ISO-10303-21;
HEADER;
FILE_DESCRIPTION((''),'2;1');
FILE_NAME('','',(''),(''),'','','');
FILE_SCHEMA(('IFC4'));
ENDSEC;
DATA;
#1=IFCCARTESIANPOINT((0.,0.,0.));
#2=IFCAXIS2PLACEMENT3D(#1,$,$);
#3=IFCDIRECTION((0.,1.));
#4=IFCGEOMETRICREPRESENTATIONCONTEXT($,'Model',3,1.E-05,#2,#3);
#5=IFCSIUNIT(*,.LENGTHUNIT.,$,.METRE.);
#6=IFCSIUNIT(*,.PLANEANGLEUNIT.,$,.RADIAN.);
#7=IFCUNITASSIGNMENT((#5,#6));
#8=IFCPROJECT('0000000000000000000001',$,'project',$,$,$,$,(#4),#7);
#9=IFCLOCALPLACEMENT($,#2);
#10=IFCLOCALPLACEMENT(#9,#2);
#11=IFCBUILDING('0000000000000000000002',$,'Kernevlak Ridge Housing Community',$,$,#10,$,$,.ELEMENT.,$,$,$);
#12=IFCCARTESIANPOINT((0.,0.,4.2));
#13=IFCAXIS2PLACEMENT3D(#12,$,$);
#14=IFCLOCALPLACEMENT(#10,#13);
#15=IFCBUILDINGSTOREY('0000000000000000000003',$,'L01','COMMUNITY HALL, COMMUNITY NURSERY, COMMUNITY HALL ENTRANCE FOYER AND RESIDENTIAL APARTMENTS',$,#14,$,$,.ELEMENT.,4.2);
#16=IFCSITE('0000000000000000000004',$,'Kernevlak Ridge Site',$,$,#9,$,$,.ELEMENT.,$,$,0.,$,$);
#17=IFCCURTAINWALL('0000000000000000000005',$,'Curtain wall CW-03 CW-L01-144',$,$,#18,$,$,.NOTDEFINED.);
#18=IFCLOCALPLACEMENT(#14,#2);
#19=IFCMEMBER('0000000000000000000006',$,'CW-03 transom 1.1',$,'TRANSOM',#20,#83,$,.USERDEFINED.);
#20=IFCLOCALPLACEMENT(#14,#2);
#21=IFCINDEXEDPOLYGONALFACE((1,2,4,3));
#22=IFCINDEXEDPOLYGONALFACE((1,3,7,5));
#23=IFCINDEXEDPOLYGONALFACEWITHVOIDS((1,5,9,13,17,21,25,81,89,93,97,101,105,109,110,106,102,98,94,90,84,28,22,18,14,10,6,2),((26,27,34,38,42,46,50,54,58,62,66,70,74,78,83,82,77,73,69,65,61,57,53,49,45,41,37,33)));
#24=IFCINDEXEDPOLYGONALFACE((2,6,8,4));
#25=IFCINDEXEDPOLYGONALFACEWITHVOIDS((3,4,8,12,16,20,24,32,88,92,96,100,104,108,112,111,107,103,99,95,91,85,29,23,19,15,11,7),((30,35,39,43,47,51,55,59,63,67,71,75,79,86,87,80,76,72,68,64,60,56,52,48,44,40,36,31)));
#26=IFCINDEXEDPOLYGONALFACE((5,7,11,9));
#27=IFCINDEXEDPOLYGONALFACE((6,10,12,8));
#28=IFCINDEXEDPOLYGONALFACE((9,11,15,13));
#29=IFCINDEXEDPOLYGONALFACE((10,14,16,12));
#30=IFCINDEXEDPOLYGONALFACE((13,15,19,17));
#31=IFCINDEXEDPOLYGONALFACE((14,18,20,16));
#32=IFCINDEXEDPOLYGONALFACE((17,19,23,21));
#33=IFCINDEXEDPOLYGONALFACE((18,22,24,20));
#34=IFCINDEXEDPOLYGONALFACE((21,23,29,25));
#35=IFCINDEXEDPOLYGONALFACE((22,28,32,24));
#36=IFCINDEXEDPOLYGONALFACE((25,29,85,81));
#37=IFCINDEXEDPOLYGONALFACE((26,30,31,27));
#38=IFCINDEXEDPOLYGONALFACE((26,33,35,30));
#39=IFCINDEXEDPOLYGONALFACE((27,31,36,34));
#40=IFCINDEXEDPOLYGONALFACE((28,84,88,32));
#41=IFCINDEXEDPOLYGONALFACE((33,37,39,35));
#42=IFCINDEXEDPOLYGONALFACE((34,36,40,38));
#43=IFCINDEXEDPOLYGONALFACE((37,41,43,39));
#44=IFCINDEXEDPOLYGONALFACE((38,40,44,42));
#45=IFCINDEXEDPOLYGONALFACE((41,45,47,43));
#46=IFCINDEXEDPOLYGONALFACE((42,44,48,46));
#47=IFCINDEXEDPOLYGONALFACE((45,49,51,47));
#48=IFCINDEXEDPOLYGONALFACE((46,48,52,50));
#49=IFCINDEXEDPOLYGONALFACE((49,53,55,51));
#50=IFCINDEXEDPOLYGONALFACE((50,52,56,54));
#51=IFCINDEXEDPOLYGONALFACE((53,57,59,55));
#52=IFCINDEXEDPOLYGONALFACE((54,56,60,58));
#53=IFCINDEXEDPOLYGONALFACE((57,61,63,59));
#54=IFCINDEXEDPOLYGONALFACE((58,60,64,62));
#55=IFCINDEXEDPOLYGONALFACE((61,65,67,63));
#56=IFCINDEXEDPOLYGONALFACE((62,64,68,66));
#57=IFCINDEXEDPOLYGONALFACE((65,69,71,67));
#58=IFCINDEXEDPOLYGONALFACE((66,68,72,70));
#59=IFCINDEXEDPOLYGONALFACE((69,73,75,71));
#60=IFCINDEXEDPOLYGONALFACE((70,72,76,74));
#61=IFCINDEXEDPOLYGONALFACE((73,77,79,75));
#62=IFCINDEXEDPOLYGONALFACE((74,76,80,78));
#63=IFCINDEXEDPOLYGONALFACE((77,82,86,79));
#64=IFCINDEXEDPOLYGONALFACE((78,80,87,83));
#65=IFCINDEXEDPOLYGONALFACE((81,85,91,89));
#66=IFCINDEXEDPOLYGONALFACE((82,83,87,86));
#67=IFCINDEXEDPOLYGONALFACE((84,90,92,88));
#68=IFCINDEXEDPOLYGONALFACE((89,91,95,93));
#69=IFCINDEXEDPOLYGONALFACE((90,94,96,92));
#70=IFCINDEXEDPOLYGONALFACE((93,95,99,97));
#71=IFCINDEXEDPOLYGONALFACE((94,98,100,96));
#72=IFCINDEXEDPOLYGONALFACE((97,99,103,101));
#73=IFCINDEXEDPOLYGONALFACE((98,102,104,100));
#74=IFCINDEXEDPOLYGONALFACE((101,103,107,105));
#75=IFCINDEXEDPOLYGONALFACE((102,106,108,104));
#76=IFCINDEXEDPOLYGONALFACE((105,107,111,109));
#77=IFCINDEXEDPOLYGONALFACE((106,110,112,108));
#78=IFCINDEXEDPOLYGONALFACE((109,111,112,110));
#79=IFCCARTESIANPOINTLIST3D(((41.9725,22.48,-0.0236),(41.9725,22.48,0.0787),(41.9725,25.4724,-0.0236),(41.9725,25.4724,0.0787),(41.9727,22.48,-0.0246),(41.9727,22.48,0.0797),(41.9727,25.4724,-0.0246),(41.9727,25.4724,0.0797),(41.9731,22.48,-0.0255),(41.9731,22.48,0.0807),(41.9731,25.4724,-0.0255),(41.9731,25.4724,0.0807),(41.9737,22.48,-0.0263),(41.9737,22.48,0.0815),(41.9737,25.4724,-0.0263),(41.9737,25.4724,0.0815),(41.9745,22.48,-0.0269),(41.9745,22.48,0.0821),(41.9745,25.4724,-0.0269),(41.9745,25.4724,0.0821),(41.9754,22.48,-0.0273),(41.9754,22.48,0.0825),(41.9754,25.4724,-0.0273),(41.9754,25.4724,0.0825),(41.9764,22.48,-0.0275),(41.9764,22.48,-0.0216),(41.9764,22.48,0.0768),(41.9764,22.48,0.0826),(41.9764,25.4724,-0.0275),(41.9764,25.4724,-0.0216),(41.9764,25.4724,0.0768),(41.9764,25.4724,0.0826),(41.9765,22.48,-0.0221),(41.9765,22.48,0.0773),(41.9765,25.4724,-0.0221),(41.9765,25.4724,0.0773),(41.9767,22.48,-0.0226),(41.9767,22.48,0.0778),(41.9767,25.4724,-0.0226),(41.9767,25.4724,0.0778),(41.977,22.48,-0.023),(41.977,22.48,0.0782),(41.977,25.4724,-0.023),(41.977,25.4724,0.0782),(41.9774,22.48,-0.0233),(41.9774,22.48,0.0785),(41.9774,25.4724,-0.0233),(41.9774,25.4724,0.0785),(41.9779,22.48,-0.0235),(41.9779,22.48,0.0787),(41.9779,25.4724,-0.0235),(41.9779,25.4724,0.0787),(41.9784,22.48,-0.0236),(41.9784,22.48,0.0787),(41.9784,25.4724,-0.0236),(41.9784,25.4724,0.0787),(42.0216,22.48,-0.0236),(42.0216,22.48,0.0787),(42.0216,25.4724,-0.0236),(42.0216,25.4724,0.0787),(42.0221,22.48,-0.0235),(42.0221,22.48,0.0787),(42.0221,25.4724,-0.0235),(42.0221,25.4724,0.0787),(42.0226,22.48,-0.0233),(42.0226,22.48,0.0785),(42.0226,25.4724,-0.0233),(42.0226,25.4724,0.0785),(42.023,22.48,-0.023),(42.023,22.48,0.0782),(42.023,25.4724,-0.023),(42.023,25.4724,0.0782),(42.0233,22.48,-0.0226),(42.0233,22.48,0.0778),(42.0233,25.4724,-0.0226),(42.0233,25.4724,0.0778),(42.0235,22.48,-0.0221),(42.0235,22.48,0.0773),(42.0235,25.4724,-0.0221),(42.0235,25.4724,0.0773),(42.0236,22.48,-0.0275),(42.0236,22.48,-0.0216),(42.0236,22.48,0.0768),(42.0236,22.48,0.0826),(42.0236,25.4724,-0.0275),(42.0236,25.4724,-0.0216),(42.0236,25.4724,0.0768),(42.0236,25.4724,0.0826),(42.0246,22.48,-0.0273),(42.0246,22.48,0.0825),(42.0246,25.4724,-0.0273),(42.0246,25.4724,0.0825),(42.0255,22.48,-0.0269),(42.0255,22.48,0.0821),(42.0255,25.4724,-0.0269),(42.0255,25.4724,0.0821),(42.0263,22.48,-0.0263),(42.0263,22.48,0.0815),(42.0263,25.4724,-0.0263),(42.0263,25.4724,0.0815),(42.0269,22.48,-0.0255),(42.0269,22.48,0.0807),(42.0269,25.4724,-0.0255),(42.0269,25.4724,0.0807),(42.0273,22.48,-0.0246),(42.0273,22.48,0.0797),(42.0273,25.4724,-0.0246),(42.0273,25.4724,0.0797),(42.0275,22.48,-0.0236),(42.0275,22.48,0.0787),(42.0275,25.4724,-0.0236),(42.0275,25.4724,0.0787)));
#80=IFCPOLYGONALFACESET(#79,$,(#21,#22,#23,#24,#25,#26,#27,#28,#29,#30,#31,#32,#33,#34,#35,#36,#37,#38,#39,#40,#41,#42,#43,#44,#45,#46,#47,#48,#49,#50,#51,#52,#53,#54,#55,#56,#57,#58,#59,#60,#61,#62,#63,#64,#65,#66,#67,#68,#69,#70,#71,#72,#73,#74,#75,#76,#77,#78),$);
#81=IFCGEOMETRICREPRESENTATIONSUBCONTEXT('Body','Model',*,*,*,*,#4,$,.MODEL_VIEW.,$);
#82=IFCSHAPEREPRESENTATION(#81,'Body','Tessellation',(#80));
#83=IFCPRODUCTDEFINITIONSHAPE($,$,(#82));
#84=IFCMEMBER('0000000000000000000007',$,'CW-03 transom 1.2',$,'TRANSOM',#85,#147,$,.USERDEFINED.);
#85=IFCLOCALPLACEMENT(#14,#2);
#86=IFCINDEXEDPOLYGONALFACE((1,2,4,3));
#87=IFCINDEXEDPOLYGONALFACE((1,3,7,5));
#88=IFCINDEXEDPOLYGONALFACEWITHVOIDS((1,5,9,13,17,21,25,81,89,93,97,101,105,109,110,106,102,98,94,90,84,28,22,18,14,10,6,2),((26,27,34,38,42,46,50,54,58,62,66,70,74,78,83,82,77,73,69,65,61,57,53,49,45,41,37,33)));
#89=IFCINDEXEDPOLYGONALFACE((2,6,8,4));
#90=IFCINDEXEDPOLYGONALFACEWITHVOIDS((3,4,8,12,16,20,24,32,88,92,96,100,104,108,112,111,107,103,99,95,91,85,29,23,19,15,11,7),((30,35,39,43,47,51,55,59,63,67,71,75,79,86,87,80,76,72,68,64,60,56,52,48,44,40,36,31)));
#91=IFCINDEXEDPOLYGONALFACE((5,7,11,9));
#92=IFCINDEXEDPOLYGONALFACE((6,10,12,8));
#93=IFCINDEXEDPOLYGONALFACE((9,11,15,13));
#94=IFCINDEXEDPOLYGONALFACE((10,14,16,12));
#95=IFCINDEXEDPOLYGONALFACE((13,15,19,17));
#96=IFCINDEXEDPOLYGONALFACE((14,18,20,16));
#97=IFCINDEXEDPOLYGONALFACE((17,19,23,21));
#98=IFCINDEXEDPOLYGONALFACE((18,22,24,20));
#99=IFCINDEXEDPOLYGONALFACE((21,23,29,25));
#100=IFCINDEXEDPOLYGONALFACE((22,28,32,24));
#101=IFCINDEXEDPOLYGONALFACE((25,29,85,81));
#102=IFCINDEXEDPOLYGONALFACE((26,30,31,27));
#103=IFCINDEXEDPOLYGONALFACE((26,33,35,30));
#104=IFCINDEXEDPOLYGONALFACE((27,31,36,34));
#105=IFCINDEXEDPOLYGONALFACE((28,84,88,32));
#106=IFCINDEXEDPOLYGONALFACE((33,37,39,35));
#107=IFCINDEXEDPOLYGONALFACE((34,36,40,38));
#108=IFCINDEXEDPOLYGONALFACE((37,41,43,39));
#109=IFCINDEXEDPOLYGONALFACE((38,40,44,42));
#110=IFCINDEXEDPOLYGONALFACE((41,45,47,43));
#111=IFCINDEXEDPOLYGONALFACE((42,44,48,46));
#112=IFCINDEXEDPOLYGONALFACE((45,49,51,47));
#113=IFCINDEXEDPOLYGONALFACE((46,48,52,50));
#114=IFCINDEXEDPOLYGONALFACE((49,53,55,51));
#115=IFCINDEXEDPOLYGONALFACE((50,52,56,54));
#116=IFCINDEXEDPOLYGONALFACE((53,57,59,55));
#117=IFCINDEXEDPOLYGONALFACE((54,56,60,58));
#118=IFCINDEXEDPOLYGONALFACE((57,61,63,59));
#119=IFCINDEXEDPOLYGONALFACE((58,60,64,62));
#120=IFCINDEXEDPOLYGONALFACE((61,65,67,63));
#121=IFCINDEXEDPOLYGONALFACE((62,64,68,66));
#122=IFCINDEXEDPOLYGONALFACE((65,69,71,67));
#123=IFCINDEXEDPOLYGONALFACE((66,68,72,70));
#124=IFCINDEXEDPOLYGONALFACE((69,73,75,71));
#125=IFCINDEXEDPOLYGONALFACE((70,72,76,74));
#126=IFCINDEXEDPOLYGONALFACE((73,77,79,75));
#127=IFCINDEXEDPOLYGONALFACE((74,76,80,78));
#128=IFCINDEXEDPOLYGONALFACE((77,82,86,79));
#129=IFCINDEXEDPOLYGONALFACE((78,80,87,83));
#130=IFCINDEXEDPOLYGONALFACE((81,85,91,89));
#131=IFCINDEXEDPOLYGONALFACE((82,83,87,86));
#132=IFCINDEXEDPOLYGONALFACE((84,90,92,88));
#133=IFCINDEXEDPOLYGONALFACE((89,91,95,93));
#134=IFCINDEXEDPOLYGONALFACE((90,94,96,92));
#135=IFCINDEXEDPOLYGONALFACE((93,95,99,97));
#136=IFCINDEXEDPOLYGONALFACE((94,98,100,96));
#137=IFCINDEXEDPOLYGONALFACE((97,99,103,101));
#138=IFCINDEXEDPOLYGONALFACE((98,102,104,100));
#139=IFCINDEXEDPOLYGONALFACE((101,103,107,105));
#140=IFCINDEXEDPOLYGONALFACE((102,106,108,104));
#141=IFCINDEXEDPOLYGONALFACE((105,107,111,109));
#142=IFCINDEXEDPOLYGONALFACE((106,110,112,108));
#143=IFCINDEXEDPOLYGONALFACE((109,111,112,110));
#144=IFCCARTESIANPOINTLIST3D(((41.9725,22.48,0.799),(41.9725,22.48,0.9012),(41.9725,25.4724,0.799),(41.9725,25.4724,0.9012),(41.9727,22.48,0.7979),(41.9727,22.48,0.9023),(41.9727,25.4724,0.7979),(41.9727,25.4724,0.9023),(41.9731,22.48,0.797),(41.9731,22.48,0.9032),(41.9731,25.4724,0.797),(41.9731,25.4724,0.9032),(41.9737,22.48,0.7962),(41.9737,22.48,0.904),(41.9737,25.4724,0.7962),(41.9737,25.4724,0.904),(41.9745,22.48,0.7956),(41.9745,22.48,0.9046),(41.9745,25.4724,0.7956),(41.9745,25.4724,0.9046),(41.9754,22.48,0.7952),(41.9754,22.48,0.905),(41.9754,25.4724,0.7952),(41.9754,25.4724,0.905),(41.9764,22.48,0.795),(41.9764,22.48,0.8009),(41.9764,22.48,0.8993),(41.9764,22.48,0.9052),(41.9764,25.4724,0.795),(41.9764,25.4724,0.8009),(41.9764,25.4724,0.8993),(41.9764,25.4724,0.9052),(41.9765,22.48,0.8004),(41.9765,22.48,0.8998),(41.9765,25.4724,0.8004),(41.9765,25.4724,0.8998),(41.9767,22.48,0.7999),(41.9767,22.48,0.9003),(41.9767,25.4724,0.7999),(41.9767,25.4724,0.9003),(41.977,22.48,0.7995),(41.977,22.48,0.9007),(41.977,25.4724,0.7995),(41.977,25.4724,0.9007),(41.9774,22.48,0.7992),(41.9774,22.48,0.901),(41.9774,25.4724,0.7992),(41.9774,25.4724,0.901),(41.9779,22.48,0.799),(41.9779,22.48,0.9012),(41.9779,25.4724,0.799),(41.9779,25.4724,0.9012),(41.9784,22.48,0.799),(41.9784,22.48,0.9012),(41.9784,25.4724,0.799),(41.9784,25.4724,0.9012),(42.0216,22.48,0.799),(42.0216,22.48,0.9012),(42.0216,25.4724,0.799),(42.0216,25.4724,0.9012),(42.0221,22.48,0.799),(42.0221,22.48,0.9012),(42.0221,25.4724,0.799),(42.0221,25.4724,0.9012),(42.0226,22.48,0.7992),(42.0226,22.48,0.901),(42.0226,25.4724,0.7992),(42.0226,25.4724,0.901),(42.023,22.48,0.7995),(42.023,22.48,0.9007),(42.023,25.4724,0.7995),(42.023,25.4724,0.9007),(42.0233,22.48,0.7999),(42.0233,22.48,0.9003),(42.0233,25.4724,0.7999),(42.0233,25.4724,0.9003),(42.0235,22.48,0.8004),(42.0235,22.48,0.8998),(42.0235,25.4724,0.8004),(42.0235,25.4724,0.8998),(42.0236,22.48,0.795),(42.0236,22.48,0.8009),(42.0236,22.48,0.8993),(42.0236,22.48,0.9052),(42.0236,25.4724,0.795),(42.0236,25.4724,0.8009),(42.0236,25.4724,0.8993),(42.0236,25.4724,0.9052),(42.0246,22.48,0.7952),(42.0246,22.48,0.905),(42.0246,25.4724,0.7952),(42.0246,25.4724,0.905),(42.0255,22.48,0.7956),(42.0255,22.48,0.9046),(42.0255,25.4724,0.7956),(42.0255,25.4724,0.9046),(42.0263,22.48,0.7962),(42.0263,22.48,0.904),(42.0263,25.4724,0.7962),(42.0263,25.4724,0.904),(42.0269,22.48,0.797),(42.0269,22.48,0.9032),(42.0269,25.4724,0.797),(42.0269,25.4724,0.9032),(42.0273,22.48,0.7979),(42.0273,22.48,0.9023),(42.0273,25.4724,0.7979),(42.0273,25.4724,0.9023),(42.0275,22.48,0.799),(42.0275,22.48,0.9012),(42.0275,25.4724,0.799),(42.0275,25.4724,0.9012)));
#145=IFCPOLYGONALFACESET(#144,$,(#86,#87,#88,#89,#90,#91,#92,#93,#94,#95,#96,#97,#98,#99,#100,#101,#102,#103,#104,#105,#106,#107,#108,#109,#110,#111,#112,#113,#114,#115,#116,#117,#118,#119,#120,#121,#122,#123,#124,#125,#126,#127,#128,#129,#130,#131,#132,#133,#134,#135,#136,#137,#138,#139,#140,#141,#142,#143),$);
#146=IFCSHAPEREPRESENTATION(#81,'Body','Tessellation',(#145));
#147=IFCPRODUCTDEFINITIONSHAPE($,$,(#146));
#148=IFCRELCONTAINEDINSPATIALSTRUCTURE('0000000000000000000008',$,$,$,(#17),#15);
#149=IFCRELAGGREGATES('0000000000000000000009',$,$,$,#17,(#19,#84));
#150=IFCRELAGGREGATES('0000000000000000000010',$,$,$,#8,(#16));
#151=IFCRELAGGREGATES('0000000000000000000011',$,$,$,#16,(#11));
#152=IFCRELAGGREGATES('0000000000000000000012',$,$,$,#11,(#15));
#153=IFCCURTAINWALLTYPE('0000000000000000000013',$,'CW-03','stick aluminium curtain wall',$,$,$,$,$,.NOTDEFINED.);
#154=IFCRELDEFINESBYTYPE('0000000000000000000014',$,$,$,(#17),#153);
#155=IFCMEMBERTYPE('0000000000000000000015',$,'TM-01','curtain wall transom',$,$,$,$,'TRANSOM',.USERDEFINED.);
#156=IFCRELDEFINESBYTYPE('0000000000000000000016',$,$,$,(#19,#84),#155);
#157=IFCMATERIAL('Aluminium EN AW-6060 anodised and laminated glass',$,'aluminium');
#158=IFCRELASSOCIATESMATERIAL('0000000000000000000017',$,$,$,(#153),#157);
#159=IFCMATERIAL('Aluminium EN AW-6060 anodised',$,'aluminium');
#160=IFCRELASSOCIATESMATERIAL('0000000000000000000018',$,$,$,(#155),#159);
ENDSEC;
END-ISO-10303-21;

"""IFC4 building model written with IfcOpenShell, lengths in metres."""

from ifc_helpers import new_model, si_unit, direction, frame, origin, origin_2d, place, context, subcontext, project, spatial, hollow_rectangle, extrude, material, material_profile, profile_set, type_object, element, aggregate, save


model = new_model("IFC4")

# Units and contexts
model_context = context("Model", 3, precision=1e-05, world=origin(), true_north=direction((0.0, 1.0)))
body_context = subcontext(model_context, "Body", "Model", "MODEL_VIEW")
ifc_project = project(units=[si_unit("LENGTHUNIT", "METRE"), si_unit("PLANEANGLEUNIT", "RADIAN")], contexts=[model_context])

# Site, building, storey
site_placement = place(None, origin())
site = spatial("IfcSite", under=ifc_project, at=site_placement, Name="Kernevlak Ridge Site", CompositionType="ELEMENT", RefElevation=0.0)
building_placement = place(site_placement, origin())
building = spatial("IfcBuilding", under=site, at=building_placement, Name="Kernevlak Ridge Housing Community", CompositionType="ELEMENT")
storey_placement = place(building_placement, frame((0.0, 0.0, 4.2)))
storey = spatial("IfcBuildingStorey", under=building, at=storey_placement, Name="L01", Description="COMMUNITY HALL, COMMUNITY NURSERY, COMMUNITY HALL ENTRANCE FOYER AND RESIDENTIAL APARTMENTS", CompositionType="ELEMENT", Elevation=4.2)

# Curtain wall
ifc_material_1 = material(Name="Aluminium EN AW-6060 anodised and laminated glass", Category="aluminium")
curtain_wall_type = type_object("IfcCurtainWallType", Name="CW-03", Description="stick aluminium curtain wall", PredefinedType="NOTDEFINED", material=ifc_material_1)
curtain_wall_placement = place(storey_placement, origin())
curtain_wall = element("IfcCurtainWall", 1, at=curtain_wall_placement, inside=storey, type_object=curtain_wall_type, Name="Curtain wall CW-03 CW-L01-144", PredefinedType="NOTDEFINED")
ifc_material_2 = material(Name="Aluminium EN AW-6060 anodised", Category="aluminium")

# Members
ifc_material_profile_1 = material_profile(ifc_material_2, hollow_rectangle(XDim=0.0549, YDim=0.1101, WallThickness=0.0039, InnerFilletRadius=0.002, OuterFilletRadius=0.0039, at=origin_2d()), Name="ALU 55x110x4")
ifc_profile_set_1 = profile_set([ifc_material_profile_1], Name="Aluminium EN AW-6060 anodised")
member_type_1 = type_object("IfcMemberType", Name="TM-01", Description="curtain wall transom", ElementType="TRANSOM", PredefinedType="USERDEFINED", material=ifc_profile_set_1)
member_1_placement = place(storey_placement, frame((42.0, 22.48, 0.0276), z_axis=(0.0, 1.0, 0.0), x_axis=(-1.0, 0.0, 0.0)))
member_1 = element("IfcMember", 2, at=member_1_placement, type_object=member_type_1, Name="CW-03 transom 1.1", ObjectType="TRANSOM", PredefinedType="USERDEFINED", context=body_context, shape_type="SweptSolid", body=[
    extrude(hollow_rectangle(XDim=0.0549, YDim=0.1101, WallThickness=0.0039, InnerFilletRadius=0.002, OuterFilletRadius=0.0039, at=origin_2d()), origin(), (0.0, 0.0, 1.0), 2.9924),
])
member_2_placement = place(storey_placement, frame((42.0, 22.48, 0.8501), z_axis=(0.0, 1.0, 0.0), x_axis=(-1.0, 0.0, 0.0)))
member_2 = element("IfcMember", 3, at=member_2_placement, type_object=member_type_1, Name="CW-03 transom 1.2", ObjectType="TRANSOM", PredefinedType="USERDEFINED", context=body_context, shape_type="SweptSolid", body=[
    extrude(hollow_rectangle(XDim=0.0549, YDim=0.1101, WallThickness=0.0039, InnerFilletRadius=0.002, OuterFilletRadius=0.0039, at=origin_2d()), origin(), (0.0, 0.0, 1.0), 2.9924),
])

aggregate(curtain_wall, [member_1, member_2])

save(model, "model.ifc")
